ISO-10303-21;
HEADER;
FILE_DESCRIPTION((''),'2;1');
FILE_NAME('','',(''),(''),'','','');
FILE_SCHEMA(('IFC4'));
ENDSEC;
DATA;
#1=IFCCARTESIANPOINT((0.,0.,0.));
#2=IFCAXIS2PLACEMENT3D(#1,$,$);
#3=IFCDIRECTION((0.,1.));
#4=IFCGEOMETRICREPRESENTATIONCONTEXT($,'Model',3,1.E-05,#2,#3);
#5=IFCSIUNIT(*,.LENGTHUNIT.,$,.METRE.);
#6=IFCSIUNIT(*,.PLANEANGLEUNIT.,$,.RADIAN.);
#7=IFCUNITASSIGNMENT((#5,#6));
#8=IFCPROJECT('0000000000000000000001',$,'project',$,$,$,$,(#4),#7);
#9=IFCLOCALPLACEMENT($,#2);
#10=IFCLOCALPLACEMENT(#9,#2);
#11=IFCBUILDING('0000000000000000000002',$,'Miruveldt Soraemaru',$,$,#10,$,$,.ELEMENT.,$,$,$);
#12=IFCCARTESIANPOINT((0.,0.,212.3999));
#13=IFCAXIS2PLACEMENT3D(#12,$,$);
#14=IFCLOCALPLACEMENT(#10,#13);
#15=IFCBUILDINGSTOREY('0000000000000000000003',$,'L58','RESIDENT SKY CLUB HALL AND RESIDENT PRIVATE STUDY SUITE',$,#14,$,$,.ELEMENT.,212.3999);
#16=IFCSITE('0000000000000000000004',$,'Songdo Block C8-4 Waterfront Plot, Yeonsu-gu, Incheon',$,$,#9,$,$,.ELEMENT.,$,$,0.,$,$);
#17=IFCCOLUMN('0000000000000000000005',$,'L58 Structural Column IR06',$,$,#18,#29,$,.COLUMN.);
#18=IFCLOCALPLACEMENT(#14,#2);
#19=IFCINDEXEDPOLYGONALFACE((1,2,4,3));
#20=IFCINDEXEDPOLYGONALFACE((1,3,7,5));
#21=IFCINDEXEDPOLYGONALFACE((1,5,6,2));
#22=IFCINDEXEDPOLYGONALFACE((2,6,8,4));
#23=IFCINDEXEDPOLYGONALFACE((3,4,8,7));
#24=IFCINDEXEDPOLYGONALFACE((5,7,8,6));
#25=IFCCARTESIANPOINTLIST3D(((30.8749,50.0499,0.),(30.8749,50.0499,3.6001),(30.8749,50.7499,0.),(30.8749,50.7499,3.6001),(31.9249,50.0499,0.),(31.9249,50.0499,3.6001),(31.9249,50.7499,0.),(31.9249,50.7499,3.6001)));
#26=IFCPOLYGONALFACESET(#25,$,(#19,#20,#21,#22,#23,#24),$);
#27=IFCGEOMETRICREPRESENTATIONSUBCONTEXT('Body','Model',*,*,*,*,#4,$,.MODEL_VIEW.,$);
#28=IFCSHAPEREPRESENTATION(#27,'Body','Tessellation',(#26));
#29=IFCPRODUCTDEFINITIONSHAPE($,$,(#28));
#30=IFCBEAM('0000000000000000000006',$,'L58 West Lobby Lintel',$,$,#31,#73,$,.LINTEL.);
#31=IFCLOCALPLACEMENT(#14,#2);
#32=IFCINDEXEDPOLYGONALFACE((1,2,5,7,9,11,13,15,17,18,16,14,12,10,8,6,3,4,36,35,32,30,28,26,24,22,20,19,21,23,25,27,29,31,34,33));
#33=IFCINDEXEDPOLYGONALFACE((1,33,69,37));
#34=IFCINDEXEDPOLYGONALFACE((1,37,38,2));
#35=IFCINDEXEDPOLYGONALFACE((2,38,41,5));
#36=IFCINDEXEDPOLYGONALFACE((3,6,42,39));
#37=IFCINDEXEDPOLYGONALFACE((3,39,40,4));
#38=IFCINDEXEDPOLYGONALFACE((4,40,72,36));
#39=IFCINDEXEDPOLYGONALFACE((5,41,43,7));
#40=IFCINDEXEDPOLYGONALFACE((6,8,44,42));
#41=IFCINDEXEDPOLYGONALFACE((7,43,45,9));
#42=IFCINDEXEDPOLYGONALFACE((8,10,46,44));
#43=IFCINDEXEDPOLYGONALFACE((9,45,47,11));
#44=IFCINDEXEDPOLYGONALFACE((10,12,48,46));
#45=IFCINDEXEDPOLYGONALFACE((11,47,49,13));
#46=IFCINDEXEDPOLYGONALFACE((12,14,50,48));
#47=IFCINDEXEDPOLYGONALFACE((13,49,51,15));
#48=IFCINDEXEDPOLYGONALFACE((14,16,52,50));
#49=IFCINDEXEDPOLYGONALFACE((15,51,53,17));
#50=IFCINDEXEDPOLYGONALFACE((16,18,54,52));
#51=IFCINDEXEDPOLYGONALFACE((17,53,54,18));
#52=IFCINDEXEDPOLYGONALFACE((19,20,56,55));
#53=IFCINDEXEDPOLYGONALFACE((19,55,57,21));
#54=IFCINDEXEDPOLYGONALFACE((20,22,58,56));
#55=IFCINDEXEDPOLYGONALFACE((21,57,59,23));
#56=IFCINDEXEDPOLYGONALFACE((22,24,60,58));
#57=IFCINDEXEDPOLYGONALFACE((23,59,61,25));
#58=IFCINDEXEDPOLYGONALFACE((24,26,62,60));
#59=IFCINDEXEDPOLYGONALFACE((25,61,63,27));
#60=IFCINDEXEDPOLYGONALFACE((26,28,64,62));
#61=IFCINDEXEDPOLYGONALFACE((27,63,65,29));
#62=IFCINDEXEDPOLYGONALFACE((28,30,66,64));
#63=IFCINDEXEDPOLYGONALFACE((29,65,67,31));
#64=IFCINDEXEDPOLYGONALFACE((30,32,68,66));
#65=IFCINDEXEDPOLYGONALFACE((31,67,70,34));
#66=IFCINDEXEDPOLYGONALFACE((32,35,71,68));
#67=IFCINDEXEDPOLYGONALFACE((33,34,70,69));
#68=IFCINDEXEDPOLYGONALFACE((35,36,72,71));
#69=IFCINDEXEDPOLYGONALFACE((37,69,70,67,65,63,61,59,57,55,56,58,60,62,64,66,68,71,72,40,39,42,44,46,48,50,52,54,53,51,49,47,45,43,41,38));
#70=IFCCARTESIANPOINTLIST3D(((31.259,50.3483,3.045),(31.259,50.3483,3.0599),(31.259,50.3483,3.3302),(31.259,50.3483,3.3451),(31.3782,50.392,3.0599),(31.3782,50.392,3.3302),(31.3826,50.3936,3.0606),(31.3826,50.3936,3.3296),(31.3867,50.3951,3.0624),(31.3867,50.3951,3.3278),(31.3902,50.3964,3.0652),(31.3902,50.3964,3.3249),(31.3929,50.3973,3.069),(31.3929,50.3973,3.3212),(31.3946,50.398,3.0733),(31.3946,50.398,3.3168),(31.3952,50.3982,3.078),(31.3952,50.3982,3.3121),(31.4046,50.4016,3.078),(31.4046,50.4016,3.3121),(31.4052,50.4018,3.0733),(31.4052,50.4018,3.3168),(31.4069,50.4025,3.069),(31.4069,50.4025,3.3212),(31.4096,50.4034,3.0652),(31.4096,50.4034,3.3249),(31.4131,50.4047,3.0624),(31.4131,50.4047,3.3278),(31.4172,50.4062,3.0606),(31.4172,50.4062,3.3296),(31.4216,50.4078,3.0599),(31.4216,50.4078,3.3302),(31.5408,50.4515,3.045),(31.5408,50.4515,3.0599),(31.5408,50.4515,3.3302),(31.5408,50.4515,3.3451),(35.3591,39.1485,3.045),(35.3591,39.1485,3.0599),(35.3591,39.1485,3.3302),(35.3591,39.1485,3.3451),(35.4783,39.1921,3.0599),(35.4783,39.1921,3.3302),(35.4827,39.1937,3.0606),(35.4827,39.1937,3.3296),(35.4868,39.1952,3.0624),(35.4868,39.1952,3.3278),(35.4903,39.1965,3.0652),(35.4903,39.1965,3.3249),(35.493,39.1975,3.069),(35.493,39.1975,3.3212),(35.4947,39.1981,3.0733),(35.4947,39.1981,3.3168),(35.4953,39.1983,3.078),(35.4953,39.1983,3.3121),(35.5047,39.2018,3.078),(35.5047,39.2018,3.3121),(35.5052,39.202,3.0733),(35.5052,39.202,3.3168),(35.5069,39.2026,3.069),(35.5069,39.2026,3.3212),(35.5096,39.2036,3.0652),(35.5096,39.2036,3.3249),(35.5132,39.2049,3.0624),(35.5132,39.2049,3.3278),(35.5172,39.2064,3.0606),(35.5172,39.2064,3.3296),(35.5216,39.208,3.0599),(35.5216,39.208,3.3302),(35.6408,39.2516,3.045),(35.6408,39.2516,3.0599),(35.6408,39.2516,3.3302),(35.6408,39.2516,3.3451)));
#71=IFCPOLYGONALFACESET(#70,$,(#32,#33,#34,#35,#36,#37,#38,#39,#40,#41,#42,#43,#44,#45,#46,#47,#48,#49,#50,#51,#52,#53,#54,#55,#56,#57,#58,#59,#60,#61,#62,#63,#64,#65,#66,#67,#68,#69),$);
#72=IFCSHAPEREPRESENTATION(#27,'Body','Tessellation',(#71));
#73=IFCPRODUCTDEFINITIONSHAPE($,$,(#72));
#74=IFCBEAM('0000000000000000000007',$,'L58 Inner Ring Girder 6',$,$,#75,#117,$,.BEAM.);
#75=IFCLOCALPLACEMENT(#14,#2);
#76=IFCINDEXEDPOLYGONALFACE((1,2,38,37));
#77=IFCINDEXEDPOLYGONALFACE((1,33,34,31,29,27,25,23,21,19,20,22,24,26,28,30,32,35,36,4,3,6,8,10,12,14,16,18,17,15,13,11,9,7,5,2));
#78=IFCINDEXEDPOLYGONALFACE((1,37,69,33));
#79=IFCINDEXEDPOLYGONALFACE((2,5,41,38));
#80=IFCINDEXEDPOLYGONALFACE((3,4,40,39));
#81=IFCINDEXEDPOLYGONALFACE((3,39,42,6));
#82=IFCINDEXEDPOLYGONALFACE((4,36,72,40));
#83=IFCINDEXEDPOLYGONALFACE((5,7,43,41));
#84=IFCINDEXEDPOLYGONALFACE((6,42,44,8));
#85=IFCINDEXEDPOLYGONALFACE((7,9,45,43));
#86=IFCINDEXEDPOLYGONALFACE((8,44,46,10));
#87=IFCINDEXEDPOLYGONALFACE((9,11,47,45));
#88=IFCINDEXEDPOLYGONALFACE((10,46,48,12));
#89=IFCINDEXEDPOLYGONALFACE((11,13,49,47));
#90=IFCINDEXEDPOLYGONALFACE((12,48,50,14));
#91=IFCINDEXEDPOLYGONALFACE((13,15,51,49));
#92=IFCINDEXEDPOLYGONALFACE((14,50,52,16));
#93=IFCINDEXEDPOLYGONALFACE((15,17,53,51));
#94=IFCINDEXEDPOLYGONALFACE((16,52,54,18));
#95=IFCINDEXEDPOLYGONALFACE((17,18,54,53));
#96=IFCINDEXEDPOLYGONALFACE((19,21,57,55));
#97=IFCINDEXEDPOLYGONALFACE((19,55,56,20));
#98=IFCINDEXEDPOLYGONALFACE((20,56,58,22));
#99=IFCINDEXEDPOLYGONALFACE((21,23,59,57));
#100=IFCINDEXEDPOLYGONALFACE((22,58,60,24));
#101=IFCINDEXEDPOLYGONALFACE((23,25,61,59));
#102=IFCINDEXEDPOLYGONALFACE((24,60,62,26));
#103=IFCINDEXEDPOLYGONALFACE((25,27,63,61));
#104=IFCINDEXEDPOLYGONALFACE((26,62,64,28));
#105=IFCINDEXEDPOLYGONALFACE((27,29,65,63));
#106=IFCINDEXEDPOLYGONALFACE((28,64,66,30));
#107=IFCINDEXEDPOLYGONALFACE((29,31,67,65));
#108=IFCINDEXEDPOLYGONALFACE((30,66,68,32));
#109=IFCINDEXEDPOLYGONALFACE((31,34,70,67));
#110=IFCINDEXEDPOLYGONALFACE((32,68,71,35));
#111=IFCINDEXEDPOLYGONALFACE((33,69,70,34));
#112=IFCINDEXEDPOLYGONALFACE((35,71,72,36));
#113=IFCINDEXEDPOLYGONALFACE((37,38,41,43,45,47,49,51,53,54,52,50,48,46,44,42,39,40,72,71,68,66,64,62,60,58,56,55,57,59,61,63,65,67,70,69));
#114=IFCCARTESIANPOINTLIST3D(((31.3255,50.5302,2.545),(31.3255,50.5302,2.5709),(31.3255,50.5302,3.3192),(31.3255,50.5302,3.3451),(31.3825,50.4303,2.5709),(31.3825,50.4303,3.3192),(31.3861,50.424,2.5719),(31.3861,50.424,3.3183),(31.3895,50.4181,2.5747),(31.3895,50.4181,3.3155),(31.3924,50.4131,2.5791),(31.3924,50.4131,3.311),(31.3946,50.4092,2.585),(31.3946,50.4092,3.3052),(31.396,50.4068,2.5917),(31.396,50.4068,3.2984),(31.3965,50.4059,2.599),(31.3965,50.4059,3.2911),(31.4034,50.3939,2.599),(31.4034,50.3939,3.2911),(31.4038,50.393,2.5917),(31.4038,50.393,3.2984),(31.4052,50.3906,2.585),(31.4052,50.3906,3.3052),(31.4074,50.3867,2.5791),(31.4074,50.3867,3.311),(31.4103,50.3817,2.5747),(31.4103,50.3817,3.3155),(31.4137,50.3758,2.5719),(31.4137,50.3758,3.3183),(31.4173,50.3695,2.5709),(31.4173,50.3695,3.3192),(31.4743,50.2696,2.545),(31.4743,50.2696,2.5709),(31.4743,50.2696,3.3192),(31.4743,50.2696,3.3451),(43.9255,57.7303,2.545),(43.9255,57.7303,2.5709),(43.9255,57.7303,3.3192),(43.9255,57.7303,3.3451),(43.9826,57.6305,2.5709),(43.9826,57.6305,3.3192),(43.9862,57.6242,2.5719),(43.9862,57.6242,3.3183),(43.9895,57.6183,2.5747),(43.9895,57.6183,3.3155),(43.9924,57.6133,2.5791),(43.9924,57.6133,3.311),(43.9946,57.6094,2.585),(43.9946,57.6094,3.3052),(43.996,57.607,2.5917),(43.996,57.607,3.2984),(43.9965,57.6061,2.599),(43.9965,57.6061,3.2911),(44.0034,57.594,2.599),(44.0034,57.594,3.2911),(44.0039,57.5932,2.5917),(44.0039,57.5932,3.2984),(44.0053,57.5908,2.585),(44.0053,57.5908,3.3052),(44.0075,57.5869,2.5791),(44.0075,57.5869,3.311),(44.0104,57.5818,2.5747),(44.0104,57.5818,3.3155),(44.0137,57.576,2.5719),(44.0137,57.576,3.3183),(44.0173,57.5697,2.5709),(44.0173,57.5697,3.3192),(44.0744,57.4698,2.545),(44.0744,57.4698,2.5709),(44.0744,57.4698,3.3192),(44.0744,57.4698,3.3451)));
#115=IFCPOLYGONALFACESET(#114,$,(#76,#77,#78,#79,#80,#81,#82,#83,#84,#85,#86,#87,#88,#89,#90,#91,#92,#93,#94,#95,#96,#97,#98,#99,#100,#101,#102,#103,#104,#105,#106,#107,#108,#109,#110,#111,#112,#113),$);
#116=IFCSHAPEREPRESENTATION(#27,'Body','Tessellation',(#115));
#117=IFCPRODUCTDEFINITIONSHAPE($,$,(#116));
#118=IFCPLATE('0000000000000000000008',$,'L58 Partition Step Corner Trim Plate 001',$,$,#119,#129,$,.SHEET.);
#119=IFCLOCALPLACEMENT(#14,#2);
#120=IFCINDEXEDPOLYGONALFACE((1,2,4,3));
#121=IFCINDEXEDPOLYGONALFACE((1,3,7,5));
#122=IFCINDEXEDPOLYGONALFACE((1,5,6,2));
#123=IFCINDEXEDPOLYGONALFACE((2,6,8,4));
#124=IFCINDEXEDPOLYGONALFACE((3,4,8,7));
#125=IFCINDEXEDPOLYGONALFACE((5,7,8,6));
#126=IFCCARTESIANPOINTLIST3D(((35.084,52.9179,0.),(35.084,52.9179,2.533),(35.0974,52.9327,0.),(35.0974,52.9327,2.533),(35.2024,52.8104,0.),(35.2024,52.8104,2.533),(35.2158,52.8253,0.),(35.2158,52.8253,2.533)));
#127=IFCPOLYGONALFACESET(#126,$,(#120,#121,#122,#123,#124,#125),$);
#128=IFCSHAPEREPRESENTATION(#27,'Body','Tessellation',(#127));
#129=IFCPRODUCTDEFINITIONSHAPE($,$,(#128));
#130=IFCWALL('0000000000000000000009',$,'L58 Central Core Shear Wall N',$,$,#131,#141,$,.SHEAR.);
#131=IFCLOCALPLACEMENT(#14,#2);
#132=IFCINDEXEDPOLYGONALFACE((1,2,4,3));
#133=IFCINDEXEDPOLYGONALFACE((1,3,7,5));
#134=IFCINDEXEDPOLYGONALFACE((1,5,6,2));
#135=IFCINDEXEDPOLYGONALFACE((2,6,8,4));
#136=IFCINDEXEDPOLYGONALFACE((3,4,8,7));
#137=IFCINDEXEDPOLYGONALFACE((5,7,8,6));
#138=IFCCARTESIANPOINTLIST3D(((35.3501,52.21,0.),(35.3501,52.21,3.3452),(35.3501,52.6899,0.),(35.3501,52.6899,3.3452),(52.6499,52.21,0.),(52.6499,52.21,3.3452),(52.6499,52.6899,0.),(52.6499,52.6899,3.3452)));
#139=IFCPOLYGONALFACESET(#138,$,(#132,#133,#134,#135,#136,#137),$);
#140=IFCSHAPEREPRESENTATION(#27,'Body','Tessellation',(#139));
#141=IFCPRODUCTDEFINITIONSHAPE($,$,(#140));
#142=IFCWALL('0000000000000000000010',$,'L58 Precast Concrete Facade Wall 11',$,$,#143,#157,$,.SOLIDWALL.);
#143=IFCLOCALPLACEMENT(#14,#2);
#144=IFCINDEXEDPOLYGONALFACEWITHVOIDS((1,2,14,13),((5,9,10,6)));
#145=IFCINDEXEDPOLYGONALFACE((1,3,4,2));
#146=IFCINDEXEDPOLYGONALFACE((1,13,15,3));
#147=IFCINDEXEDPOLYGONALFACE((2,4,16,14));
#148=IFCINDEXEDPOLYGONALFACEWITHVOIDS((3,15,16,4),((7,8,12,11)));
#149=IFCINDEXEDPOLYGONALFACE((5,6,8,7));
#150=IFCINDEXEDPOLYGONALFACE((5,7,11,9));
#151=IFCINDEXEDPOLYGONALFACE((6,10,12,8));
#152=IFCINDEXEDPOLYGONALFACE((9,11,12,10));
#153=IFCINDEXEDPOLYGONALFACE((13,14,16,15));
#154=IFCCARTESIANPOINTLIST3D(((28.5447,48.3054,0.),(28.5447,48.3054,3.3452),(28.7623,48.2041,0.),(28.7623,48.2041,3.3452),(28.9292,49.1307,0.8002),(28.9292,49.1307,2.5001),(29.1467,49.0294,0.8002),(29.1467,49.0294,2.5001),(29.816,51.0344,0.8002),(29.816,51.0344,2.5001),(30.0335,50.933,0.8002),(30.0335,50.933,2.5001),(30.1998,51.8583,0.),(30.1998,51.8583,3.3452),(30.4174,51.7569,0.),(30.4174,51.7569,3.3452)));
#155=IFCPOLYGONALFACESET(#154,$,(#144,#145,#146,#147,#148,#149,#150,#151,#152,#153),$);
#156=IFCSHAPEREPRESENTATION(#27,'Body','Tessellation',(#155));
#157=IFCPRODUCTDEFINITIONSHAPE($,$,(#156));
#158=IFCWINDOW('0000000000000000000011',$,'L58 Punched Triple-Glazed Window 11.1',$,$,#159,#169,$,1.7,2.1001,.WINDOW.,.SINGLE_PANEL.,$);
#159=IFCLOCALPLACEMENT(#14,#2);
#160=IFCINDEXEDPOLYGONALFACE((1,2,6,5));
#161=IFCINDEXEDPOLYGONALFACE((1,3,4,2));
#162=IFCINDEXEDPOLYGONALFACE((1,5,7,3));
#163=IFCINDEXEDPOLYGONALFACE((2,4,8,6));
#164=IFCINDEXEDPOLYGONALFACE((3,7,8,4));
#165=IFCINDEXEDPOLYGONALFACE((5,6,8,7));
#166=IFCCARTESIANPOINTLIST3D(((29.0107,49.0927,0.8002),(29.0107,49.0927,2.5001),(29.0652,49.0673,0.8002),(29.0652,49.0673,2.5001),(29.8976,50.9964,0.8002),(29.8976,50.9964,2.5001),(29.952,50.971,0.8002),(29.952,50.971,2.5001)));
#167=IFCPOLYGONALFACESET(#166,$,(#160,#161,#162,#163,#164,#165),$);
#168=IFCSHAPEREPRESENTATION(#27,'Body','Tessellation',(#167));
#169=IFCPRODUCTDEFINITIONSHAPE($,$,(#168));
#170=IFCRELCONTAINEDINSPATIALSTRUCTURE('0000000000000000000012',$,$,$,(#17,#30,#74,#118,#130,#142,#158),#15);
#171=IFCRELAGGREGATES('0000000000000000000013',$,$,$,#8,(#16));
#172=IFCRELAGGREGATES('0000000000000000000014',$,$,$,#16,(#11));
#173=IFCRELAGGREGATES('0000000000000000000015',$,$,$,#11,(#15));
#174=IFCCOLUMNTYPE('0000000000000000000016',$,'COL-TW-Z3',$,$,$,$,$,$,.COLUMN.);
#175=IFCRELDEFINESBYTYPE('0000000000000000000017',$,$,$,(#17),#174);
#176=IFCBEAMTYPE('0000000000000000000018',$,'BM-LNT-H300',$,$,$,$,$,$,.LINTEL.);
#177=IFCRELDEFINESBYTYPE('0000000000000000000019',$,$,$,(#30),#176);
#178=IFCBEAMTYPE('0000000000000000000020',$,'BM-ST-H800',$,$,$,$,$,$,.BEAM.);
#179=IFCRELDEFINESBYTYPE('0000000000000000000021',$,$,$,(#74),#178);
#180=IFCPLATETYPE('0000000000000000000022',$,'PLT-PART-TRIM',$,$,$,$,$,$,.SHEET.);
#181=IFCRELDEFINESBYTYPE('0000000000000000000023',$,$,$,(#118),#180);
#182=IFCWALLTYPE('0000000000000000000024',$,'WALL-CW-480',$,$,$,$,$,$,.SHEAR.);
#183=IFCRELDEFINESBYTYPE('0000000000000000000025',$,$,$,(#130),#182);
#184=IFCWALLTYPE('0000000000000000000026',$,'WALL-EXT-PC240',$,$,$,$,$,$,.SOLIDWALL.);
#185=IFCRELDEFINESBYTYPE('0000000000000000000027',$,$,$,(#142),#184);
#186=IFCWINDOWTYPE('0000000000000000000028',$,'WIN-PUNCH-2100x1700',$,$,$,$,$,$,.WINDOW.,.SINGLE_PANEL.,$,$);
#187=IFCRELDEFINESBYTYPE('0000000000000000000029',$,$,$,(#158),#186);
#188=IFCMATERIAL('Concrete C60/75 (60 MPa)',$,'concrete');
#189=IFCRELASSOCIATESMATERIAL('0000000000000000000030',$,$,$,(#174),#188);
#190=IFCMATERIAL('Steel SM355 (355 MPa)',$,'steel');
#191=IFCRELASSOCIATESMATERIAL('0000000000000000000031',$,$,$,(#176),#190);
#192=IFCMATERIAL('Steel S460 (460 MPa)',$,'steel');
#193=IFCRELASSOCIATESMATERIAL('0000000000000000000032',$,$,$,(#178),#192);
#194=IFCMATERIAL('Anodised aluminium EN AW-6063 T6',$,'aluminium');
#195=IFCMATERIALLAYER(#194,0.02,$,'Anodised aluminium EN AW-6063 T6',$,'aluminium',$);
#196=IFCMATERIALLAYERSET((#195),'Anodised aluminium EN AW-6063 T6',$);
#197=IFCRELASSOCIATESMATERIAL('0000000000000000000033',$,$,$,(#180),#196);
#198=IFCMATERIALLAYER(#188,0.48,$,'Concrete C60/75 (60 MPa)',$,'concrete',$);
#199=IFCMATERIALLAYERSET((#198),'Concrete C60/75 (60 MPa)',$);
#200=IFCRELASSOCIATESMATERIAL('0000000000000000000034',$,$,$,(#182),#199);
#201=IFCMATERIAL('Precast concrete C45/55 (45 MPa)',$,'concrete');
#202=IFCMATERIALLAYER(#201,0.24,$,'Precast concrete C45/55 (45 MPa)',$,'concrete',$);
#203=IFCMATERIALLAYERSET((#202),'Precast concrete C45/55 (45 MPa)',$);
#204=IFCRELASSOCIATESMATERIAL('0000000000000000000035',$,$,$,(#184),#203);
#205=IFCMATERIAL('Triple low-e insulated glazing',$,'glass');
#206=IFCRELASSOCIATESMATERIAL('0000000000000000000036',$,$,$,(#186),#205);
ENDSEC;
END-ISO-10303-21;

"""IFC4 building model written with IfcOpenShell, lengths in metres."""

from ifc_helpers import new_model, si_unit, direction, frame, frame_2d, origin, origin_2d, place, context, subcontext, project, spatial, rectangle, i_section, extrude, material, layer, layer_set, material_profile, profile_set, type_object, element, fill, save


model = new_model("IFC4")

# Units and contexts
model_context = context("Model", 3, precision=1e-05, world=origin(), true_north=direction((0.0, 1.0)))
body_context = subcontext(model_context, "Body", "Model", "MODEL_VIEW")
ifc_project = project(units=[si_unit("LENGTHUNIT", "METRE"), si_unit("PLANEANGLEUNIT", "RADIAN")], contexts=[model_context])

# Site, building, storey
site_placement = place(None, origin())
site = spatial("IfcSite", under=ifc_project, at=site_placement, Name="Songdo Block C8-4 Waterfront Plot, Yeonsu-gu, Incheon", CompositionType="ELEMENT", RefElevation=0.0)
building_placement = place(site_placement, origin())
building = spatial("IfcBuilding", under=site, at=building_placement, Name="Miruveldt Soraemaru", CompositionType="ELEMENT")
storey_placement = place(building_placement, frame((0.0, 0.0, 212.3999)))
storey = spatial("IfcBuildingStorey", under=building, at=storey_placement, Name="L58", Description="RESIDENT SKY CLUB HALL AND RESIDENT PRIVATE STUDY SUITE", CompositionType="ELEMENT", Elevation=212.3999)

# Column
ifc_material_1 = material(Name="Concrete C60/75 (60 MPa)", Category="concrete")
ifc_material_profile_1 = material_profile(ifc_material_1, rectangle(XDim=1.05, YDim=0.7, at=origin_2d()), Name="Concrete C60/75 (60 MPa)", Category="concrete")
ifc_profile_set_1 = profile_set([ifc_material_profile_1], Name="Concrete C60/75 (60 MPa)")
column_type = type_object("IfcColumnType", Name="COL-TW-Z3", PredefinedType="COLUMN", material=ifc_profile_set_1)
column_placement = place(storey_placement, frame((31.3999, 50.3999, 0.0), z_axis=(0.0, 0.0, 1.0), x_axis=(1.0, 0.0, 0.0)))
element("IfcColumn", 1, at=column_placement, inside=storey, type_object=column_type, Name="L58 Structural Column IR06", PredefinedType="COLUMN", context=body_context, shape_type="SweptSolid", body=[
    extrude(rectangle(XDim=1.05, YDim=0.7, at=origin_2d()), origin(), (0.0, 0.0, 1.0), 3.6001),
])

# Beams
ifc_material_2 = material(Name="Steel SM355 (355 MPa)", Category="steel")
ifc_material_profile_2 = material_profile(ifc_material_2, i_section(OverallWidth=0.3, OverallDepth=0.3, WebThickness=0.01, FlangeThickness=0.0149, FilletRadius=0.0181, at=origin_2d()), Name="Steel SM355 (355 MPa)", Category="steel")
ifc_profile_set_2 = profile_set([ifc_material_profile_2], Name="Steel SM355 (355 MPa)")
beam_type_1 = type_object("IfcBeamType", Name="BM-LNT-H300", PredefinedType="LINTEL", material=ifc_profile_set_2)
beam_1_placement = place(storey_placement, frame((31.3999, 50.3999, 3.1951), z_axis=(0.34377, -0.939054, 0.0), x_axis=(0.939054, 0.34377, 0.0)))
element("IfcBeam", 2, at=beam_1_placement, inside=storey, type_object=beam_type_1, Name="L58 West Lobby Lintel", PredefinedType="LINTEL", context=body_context, shape_type="SweptSolid", body=[
    extrude(i_section(OverallWidth=0.3, OverallDepth=0.3, WebThickness=0.01, FlangeThickness=0.0149, FilletRadius=0.0181, at=origin_2d()), origin(), (0.0, 0.0, 1.0), 11.9268),
])
ifc_material_3 = material(Name="Steel S460 (460 MPa)", Category="steel")
ifc_material_profile_3 = material_profile(ifc_material_3, i_section(OverallWidth=0.3, OverallDepth=0.8, WebThickness=0.0139, FlangeThickness=0.0259, FilletRadius=0.0281, at=origin_2d()), Name="Steel S460 (460 MPa)", Category="steel")
ifc_profile_set_3 = profile_set([ifc_material_profile_3], Name="Steel S460 (460 MPa)")
beam_type_2 = type_object("IfcBeamType", Name="BM-ST-H800", PredefinedType="BEAM", material=ifc_profile_set_3)
beam_2_placement = place(storey_placement, frame((31.3999, 50.3999, 2.9451), z_axis=(0.868239, 0.496146, 0.0), x_axis=(-0.496146, 0.868239, 0.0)))
element("IfcBeam", 3, at=beam_2_placement, inside=storey, type_object=beam_type_2, Name="L58 Inner Ring Girder 6", PredefinedType="BEAM", context=body_context, shape_type="SweptSolid", body=[
    extrude(i_section(OverallWidth=0.3, OverallDepth=0.8, WebThickness=0.0139, FlangeThickness=0.0259, FilletRadius=0.0281, at=origin_2d()), origin(), (0.0, 0.0, 1.0), 14.5122),
])

# Plate
ifc_material_4 = material(Name="Anodised aluminium EN AW-6063 T6", Category="aluminium")
ifc_layer_1 = layer(ifc_material_4, 0.02, Name="Anodised aluminium EN AW-6063 T6", Category="aluminium")
ifc_layer_set_1 = layer_set([ifc_layer_1], Name="Anodised aluminium EN AW-6063 T6")
plate_type = type_object("IfcPlateType", Name="PLT-PART-TRIM", PredefinedType="SHEET", material=ifc_layer_set_1)
plate_placement = place(storey_placement, frame((35.1499, 52.8716, 0.0), z_axis=(0.0, 0.0, 1.0), x_axis=(0.74057, -0.671979, 0.0)))
element("IfcPlate", 4, at=plate_placement, inside=storey, type_object=plate_type, Name="L58 Partition Step Corner Trim Plate 001", PredefinedType="SHEET", context=body_context, shape_type="SweptSolid", body=[
    extrude(rectangle(XDim=0.1599, YDim=0.02, at=origin_2d()), origin(), (0.0, 0.0, 1.0), 2.533),
])

# Wall
ifc_layer_2 = layer(ifc_material_1, 0.48, Name="Concrete C60/75 (60 MPa)", Category="concrete")
ifc_layer_set_2 = layer_set([ifc_layer_2], Name="Concrete C60/75 (60 MPa)")
wall_type_1 = type_object("IfcWallType", Name="WALL-CW-480", PredefinedType="SHEAR", material=ifc_layer_set_2)
wall_1_placement = place(storey_placement, frame((35.3501, 52.45, 0.0), z_axis=(0.0, 0.0, 1.0), x_axis=(1.0, 0.0, 0.0)))
element("IfcWall", 5, at=wall_1_placement, inside=storey, type_object=wall_type_1, Name="L58 Central Core Shear Wall N", PredefinedType="SHEAR", context=body_context, shape_type="SweptSolid", body=[
    extrude(rectangle(XDim=17.2998, YDim=0.48, at=frame_2d((8.6499, 0.0))), origin(), (0.0, 0.0, 1.0), 3.3452),
])

# Wall, opening, window
ifc_material_5 = material(Name="Precast concrete C45/55 (45 MPa)", Category="concrete")
ifc_layer_3 = layer(ifc_material_5, 0.24, Name="Precast concrete C45/55 (45 MPa)", Category="concrete")
ifc_layer_set_3 = layer_set([ifc_layer_3], Name="Precast concrete C45/55 (45 MPa)")
wall_type_2 = type_object("IfcWallType", Name="WALL-EXT-PC240", PredefinedType="SOLIDWALL", material=ifc_layer_set_3)
wall_2_placement = place(storey_placement, frame((30.3086, 51.8076, 0.0), z_axis=(0.0, 0.0, 1.0), x_axis=(-0.422275, -0.906468, 0.0)))
wall_2 = element("IfcWall", 6, at=wall_2_placement, inside=storey, type_object=wall_type_2, Name="L58 Precast Concrete Facade Wall 11", PredefinedType="SOLIDWALL", context=body_context, shape_type="SweptSolid", body=[
    extrude(rectangle(XDim=3.9194, YDim=0.24, at=frame_2d((1.9597, 0.0))), origin(), (0.0, 0.0, 1.0), 3.3452),
])
opening_1_placement = place(wall_2_placement, frame((0.9089, 0.0, 0.8)))
opening_1 = element("IfcOpeningElement", 7, at=opening_1_placement, cuts=wall_2, PredefinedType="OPENING", context=body_context, shape_type="SweptSolid", body=[
    extrude(rectangle(XDim=2.1001, YDim=1.7, at=frame_2d((1.05, 0.8501))), frame((0.0, 0.1299, 0.0), z_axis=(0.0, -1.0, 0.0), x_axis=(1.0, 0.0, 0.0)), (0.0, 0.0, 1.0), 0.26),
])
ifc_material_6 = material(Name="Triple low-e insulated glazing", Category="glass")
window_type_1 = type_object("IfcWindowType", Name="WIN-PUNCH-2100x1700", PartitioningType="SINGLE_PANEL", PredefinedType="WINDOW", material=ifc_material_6)
window_1_placement = place(opening_1_placement, origin())
window_1 = element("IfcWindow", 8, at=window_1_placement, inside=storey, type_object=window_type_1, Name="L58 Punched Triple-Glazed Window 11.1", OverallHeight=1.7, OverallWidth=2.1001, PartitioningType="SINGLE_PANEL", PredefinedType="WINDOW", context=body_context, shape_type="SweptSolid", body=[
    extrude(rectangle(XDim=2.1001, YDim=1.7, at=frame_2d((1.05, 0.8501))), frame((0.0, 0.03, 0.0), z_axis=(0.0, -1.0, 0.0), x_axis=(1.0, 0.0, 0.0)), (0.0, 0.0, 1.0), 0.0601),
])
fill(opening_1, window_1)

save(model, "model.ifc")
